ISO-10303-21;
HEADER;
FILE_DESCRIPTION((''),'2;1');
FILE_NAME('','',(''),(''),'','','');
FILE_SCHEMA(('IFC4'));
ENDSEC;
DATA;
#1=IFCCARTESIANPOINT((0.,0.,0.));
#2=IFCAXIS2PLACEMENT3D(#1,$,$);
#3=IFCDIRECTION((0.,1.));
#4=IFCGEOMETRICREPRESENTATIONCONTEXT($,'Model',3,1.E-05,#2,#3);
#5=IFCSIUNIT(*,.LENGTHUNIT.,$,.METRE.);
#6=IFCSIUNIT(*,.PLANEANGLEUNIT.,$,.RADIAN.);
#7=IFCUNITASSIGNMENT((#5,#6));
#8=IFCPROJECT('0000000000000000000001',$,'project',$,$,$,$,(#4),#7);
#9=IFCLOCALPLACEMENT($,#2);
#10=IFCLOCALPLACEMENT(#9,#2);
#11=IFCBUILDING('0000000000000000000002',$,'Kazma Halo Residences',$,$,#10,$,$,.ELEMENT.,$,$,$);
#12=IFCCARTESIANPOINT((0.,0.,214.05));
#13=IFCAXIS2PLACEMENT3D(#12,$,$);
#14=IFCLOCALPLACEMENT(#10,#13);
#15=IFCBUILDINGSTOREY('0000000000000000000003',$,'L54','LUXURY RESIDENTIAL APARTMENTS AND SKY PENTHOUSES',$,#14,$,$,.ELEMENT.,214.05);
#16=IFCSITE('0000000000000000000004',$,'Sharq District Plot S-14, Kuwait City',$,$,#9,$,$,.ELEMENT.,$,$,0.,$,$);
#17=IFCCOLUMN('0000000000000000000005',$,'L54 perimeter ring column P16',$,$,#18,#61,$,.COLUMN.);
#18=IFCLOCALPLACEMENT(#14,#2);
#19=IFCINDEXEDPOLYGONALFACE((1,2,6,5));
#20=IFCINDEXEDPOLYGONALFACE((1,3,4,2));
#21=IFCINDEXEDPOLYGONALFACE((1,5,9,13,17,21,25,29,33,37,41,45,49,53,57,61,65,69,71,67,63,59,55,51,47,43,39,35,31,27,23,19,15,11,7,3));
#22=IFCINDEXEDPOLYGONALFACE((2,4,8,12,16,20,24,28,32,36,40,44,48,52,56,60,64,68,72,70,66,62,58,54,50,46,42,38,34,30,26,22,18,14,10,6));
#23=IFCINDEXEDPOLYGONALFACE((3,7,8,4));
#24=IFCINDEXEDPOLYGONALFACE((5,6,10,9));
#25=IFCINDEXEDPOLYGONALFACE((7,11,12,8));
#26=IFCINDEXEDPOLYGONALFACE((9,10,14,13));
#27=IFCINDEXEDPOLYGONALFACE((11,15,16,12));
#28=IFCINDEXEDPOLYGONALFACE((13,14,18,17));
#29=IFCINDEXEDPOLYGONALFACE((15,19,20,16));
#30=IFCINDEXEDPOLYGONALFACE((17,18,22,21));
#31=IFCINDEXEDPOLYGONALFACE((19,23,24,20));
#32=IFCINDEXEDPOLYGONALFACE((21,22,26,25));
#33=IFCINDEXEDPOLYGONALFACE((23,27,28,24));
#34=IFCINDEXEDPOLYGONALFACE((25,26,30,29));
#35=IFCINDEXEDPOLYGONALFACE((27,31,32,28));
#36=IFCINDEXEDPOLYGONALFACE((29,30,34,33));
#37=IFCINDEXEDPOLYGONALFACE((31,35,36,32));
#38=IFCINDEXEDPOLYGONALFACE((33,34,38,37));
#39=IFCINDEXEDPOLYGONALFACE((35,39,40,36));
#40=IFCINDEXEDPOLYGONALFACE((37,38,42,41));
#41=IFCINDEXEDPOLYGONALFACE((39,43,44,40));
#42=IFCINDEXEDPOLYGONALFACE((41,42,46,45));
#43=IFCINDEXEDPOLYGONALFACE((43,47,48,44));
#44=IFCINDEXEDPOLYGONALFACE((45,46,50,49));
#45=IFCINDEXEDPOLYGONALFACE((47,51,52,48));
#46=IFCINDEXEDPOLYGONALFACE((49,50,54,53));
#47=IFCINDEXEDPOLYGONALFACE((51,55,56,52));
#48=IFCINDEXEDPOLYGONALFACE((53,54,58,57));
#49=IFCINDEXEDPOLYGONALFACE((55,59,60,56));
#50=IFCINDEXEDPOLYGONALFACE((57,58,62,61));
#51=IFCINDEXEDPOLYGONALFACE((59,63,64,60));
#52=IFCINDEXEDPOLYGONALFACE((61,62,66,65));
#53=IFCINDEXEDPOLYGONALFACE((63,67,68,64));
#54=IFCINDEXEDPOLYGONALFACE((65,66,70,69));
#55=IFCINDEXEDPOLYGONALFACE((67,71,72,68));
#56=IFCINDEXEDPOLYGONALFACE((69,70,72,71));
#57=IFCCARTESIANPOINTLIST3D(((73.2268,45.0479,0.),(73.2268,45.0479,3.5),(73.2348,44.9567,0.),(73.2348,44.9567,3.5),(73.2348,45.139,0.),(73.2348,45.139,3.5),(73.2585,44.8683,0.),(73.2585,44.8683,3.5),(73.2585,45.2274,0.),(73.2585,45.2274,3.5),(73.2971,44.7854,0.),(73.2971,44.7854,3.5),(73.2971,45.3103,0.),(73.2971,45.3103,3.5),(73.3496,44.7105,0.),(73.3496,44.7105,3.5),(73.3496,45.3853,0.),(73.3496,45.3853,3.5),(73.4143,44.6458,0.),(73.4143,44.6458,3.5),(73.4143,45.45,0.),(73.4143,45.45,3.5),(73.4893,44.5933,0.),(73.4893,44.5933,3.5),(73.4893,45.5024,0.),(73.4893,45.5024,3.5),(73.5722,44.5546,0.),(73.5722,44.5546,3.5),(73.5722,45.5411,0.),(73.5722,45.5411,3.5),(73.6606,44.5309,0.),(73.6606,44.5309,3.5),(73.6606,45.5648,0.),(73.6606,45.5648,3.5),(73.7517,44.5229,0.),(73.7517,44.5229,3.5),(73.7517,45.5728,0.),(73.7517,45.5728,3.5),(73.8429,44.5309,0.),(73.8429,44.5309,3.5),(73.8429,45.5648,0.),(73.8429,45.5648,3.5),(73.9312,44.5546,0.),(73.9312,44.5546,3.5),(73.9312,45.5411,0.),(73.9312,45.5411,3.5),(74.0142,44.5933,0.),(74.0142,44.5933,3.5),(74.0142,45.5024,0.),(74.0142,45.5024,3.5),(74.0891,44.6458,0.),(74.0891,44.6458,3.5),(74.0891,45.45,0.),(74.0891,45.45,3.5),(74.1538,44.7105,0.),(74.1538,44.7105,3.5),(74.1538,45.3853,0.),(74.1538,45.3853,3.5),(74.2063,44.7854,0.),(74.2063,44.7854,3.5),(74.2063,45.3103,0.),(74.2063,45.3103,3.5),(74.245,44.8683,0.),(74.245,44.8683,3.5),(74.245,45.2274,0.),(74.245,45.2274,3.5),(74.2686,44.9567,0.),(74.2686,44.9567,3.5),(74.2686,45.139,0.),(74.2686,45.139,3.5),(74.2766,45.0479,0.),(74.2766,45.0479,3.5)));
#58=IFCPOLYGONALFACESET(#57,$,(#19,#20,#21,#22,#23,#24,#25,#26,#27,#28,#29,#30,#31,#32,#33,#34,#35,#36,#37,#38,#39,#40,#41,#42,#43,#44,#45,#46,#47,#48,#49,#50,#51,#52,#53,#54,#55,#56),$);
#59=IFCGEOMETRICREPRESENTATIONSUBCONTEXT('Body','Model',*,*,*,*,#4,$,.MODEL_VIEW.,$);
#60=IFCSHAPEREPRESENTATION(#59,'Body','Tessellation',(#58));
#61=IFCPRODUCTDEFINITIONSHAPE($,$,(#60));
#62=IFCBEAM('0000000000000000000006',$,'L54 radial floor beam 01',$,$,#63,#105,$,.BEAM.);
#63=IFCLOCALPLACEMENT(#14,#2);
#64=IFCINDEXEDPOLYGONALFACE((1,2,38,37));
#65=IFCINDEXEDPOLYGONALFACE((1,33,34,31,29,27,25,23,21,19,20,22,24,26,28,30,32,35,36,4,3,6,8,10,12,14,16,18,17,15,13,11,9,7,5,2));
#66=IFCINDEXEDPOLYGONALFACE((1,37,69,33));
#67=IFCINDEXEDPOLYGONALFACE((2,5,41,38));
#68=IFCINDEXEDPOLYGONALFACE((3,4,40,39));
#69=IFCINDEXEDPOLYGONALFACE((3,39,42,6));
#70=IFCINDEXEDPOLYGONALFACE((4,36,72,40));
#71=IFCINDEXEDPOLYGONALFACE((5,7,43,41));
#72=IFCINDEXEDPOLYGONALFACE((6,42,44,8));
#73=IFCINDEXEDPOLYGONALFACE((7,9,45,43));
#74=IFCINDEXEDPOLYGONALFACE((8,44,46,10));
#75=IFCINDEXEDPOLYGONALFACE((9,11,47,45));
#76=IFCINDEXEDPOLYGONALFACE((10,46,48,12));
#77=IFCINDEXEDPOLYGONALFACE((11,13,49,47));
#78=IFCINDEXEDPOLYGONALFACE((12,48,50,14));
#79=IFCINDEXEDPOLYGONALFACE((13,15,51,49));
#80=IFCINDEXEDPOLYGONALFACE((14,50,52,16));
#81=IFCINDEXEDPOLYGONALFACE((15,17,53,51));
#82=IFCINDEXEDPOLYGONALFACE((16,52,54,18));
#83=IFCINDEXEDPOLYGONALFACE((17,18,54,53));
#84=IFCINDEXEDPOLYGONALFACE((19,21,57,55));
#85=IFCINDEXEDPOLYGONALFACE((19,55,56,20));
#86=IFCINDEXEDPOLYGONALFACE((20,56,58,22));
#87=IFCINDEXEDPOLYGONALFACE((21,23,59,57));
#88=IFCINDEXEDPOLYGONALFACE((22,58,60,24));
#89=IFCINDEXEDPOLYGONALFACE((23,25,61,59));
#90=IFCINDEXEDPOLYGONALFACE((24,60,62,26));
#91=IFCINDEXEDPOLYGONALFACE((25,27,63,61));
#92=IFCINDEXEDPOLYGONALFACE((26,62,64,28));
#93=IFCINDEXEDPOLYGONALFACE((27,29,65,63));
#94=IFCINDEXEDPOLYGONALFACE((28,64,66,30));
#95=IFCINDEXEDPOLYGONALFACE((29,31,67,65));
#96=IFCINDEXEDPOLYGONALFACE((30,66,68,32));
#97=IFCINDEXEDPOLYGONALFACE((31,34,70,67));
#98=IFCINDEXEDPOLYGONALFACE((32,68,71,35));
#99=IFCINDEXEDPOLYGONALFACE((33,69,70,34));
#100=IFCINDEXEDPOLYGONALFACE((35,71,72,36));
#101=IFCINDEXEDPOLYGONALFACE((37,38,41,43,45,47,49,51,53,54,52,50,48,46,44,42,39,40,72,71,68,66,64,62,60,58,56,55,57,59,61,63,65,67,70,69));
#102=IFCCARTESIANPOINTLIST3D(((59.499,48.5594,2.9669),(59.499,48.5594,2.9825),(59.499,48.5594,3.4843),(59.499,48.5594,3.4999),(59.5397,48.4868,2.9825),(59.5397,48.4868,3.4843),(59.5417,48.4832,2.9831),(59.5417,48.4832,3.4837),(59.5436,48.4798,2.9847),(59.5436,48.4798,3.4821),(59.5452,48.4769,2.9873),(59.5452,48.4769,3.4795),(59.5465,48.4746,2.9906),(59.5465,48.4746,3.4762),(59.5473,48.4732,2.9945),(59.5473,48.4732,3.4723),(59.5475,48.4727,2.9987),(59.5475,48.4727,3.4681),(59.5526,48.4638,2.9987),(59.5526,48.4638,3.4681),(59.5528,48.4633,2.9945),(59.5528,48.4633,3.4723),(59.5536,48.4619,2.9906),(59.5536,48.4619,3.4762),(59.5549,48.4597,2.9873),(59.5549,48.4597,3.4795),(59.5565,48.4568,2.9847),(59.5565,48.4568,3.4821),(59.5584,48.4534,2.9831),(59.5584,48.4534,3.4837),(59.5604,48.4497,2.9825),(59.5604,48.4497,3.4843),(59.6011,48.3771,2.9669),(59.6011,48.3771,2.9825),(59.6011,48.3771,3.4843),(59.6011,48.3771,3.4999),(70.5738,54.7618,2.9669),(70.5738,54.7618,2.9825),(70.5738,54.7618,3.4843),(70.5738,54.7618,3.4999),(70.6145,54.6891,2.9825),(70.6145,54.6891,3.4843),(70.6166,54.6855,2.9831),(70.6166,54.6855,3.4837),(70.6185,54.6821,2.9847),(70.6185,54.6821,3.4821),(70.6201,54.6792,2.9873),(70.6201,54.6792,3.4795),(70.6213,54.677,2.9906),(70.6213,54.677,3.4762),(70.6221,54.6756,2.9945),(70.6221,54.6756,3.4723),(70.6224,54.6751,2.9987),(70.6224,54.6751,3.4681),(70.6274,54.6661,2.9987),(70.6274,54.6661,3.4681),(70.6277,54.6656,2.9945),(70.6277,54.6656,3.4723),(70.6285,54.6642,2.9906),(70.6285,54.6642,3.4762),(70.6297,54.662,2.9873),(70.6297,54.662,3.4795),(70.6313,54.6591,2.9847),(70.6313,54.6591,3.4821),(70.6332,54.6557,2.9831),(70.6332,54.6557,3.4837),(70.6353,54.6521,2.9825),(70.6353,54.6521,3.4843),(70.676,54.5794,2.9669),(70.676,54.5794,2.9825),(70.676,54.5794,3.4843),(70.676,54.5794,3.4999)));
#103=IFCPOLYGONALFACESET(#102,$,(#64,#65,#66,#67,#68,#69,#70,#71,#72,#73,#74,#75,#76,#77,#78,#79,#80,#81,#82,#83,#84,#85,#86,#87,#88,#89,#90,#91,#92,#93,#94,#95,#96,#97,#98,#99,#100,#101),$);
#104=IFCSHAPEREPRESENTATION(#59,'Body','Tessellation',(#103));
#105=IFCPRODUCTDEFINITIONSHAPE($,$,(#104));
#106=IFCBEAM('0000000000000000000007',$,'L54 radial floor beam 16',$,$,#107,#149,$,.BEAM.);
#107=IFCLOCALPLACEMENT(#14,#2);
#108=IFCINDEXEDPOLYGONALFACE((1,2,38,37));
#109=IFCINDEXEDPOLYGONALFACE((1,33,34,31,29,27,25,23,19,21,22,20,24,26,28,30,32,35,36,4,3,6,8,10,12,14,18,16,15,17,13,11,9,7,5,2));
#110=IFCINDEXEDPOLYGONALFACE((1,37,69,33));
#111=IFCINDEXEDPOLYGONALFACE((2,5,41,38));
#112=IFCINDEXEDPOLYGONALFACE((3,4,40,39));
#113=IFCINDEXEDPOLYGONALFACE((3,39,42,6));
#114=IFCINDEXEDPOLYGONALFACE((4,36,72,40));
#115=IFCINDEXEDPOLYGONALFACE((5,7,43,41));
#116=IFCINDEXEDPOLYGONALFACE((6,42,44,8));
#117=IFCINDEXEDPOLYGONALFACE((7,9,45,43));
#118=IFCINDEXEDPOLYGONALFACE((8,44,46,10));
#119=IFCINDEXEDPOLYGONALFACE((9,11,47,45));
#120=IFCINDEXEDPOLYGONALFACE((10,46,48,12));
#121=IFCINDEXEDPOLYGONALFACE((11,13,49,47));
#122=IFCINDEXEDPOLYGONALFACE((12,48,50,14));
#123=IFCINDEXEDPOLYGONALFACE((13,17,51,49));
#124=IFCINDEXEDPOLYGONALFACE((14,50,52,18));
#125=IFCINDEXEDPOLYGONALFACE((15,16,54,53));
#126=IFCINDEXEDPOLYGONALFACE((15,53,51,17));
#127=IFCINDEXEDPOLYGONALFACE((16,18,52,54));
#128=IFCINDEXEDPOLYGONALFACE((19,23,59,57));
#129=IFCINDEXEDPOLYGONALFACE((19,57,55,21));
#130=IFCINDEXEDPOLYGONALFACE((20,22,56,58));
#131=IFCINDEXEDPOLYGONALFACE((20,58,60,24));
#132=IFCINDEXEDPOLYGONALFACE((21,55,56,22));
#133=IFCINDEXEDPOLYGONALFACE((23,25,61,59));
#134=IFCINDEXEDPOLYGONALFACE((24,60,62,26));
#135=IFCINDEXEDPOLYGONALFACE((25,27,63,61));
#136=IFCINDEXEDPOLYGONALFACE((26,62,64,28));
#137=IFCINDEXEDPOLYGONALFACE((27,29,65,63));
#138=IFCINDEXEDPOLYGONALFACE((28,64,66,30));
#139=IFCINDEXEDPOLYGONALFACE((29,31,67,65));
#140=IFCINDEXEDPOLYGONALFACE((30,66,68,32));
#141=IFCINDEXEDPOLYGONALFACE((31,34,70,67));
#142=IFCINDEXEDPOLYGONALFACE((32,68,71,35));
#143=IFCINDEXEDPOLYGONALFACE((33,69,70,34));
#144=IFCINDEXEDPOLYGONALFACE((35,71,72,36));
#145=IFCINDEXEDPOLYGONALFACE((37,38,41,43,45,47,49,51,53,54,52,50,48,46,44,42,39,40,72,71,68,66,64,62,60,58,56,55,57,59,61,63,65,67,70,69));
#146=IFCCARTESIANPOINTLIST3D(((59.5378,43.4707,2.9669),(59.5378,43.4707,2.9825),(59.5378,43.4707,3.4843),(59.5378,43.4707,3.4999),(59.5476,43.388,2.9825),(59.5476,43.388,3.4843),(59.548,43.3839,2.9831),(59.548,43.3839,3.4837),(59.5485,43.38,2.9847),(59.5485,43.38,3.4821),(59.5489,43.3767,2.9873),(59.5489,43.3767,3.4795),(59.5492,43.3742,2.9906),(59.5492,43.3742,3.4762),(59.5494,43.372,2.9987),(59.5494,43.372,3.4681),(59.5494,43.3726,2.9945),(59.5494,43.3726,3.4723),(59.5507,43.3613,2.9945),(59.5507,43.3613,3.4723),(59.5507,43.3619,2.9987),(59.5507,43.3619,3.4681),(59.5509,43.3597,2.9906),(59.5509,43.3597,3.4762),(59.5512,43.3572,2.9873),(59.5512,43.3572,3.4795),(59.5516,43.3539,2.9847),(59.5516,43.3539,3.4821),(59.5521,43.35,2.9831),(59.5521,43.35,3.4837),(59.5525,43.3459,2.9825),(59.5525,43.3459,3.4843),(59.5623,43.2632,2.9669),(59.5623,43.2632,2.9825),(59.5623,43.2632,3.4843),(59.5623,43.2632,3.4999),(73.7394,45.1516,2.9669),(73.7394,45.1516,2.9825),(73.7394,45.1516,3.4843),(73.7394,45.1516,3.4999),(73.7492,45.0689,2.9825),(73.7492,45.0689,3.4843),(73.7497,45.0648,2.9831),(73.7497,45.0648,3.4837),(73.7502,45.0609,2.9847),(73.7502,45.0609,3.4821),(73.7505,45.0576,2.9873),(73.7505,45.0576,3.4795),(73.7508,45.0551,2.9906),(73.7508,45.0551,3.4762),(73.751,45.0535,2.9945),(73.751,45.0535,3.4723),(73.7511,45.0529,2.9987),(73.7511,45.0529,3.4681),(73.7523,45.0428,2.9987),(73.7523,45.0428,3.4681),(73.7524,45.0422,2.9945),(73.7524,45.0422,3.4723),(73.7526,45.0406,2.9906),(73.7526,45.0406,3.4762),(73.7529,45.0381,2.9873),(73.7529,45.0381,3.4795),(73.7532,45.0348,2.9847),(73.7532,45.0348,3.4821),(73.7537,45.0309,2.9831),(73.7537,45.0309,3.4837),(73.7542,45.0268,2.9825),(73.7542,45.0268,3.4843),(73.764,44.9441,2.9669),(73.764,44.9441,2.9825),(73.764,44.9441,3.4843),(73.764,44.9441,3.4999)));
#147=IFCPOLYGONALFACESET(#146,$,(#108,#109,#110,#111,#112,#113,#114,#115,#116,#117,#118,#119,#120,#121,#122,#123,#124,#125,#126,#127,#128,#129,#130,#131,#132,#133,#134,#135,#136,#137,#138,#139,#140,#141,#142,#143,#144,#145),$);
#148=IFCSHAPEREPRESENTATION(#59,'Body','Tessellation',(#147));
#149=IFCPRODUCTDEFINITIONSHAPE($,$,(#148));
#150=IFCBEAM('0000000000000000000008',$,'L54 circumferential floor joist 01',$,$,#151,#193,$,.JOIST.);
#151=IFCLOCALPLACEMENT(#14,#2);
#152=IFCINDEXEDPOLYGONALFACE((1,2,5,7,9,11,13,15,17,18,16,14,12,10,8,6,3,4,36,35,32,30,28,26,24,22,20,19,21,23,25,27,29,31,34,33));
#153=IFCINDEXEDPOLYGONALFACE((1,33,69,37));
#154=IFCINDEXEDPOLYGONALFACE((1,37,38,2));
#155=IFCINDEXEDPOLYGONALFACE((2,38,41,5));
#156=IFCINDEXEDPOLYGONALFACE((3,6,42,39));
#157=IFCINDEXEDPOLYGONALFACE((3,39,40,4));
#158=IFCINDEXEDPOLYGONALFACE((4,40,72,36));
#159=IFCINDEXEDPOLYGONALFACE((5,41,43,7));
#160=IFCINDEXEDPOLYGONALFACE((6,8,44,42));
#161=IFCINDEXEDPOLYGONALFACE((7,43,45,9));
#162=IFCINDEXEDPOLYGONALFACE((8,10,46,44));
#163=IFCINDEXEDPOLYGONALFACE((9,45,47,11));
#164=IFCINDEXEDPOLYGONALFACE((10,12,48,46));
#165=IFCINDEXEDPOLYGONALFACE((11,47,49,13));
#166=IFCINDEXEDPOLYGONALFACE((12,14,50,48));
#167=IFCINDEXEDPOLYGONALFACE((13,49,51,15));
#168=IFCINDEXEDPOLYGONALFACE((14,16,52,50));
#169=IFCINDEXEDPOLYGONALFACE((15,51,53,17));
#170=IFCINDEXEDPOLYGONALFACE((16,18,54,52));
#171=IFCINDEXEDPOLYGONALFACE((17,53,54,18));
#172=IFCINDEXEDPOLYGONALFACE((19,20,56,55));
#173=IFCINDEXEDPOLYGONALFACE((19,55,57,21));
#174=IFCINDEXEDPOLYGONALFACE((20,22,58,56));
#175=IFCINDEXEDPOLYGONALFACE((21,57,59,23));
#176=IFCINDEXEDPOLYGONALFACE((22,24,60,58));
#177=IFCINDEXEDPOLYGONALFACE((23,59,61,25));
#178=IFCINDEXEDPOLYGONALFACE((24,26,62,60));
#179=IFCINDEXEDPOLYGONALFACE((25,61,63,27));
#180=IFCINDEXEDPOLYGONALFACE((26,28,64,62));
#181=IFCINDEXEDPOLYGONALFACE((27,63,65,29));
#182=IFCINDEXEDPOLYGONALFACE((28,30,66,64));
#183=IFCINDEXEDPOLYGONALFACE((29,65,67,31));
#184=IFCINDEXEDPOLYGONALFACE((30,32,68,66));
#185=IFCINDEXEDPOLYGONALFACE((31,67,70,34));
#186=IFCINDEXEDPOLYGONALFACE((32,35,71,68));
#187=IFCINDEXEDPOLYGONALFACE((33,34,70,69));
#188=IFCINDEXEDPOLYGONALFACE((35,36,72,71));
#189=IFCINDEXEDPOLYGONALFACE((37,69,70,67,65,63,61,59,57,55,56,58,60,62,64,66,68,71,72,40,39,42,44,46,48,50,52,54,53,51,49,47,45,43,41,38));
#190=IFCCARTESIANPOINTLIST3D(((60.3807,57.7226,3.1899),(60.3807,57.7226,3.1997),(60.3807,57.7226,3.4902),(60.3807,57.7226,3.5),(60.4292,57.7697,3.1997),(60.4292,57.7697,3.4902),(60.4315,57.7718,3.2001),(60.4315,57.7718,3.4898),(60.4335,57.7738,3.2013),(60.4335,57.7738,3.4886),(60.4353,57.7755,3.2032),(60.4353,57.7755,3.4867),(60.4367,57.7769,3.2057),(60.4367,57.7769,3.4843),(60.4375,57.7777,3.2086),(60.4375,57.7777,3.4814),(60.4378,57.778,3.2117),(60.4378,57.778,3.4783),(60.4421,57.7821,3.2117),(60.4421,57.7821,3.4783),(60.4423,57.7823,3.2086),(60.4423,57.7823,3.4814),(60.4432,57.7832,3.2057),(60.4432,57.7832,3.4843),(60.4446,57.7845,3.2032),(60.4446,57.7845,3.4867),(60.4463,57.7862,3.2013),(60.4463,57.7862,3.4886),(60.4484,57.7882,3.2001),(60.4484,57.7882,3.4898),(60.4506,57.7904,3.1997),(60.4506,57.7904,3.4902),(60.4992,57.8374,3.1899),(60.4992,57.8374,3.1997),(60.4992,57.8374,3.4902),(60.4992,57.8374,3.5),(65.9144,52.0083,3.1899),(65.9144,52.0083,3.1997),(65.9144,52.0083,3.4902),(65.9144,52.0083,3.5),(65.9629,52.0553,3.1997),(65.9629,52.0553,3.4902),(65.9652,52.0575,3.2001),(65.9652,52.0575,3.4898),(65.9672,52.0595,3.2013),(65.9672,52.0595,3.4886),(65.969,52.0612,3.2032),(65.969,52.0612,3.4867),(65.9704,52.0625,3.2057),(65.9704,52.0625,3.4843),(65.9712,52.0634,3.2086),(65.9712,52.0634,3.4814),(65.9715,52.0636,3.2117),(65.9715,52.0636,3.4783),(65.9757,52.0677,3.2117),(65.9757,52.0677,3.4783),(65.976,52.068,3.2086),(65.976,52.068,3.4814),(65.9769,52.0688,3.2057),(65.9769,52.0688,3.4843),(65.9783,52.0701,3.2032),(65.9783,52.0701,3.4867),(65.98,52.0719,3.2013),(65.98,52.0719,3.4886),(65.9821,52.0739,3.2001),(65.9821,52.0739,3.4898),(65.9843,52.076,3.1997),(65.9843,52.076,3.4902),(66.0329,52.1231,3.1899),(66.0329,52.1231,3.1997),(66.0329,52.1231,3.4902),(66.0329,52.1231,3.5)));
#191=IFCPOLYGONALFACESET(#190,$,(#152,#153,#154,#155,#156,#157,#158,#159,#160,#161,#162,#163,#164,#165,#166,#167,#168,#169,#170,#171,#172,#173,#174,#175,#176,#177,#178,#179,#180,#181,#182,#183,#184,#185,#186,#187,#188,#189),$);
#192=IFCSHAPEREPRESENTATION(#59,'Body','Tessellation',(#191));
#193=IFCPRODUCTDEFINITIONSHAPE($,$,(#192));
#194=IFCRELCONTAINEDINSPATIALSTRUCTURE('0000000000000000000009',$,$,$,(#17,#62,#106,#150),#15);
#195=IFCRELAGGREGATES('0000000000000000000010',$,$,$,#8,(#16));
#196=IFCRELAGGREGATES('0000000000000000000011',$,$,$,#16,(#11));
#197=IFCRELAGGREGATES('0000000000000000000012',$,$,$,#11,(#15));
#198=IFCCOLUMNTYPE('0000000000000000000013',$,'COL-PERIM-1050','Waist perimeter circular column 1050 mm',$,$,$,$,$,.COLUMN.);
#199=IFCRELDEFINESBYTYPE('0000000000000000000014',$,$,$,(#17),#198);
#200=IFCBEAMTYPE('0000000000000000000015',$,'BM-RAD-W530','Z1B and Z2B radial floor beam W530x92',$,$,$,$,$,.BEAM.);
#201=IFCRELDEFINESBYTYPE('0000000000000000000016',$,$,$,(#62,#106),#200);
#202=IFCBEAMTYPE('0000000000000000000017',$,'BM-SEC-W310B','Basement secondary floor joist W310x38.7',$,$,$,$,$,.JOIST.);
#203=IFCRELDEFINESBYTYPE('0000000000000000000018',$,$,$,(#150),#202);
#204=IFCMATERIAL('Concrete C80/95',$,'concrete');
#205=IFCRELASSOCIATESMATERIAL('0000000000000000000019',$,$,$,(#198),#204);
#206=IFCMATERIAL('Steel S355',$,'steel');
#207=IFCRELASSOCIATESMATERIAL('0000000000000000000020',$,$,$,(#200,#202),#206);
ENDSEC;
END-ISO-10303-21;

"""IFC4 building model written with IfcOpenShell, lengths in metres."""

from ifc_helpers import new_model, si_unit, direction, frame, origin, origin_2d, place, context, subcontext, project, spatial, circle, i_section, extrude, material, material_profile, profile_set, type_object, element, save


model = new_model("IFC4")

# Units and contexts
model_context = context("Model", 3, precision=1e-05, world=origin(), true_north=direction((0.0, 1.0)))
body_context = subcontext(model_context, "Body", "Model", "MODEL_VIEW")
ifc_project = project(units=[si_unit("LENGTHUNIT", "METRE"), si_unit("PLANEANGLEUNIT", "RADIAN")], contexts=[model_context])

# Site, building, storey
site_placement = place(None, origin())
site = spatial("IfcSite", under=ifc_project, at=site_placement, Name="Sharq District Plot S-14, Kuwait City", CompositionType="ELEMENT", RefElevation=0.0)
building_placement = place(site_placement, origin())
building = spatial("IfcBuilding", under=site, at=building_placement, Name="Kazma Halo Residences", CompositionType="ELEMENT")
storey_placement = place(building_placement, frame((0.0, 0.0, 214.05)))
storey = spatial("IfcBuildingStorey", under=building, at=storey_placement, Name="L54", Description="LUXURY RESIDENTIAL APARTMENTS AND SKY PENTHOUSES", CompositionType="ELEMENT", Elevation=214.05)

# Column
ifc_material_1 = material(Name="Concrete C80/95", Category="concrete")
ifc_material_profile_1 = material_profile(ifc_material_1, circle(Radius=0.5249, at=origin_2d()), Name="CIRC1050")
ifc_profile_set_1 = profile_set([ifc_material_profile_1], Name="Concrete C80/95")
column_type = type_object("IfcColumnType", Name="COL-PERIM-1050", Description="Waist perimeter circular column 1050 mm", PredefinedType="COLUMN", material=ifc_profile_set_1)
column_placement = place(storey_placement, frame((73.7517, 45.0479, 0.0), z_axis=(0.0, 0.0, 1.0), x_axis=(1.0, 0.0, 0.0)))
element("IfcColumn", 1, at=column_placement, inside=storey, type_object=column_type, Name="L54 perimeter ring column P16", PredefinedType="COLUMN", context=body_context, shape_type="SweptSolid", body=[
    extrude(circle(Radius=0.5249, at=origin_2d()), origin(), (0.0, 0.0, 1.0), 3.5),
])

# Beams
ifc_material_2 = material(Name="Steel S355", Category="steel")
ifc_material_profile_2 = material_profile(ifc_material_2, i_section(OverallWidth=0.209, OverallDepth=0.533, WebThickness=0.0103, FlangeThickness=0.0156, FilletRadius=0.0161, at=origin_2d()), Name="W530x92")
ifc_profile_set_2 = profile_set([ifc_material_profile_2], Name="Steel S355")
beam_type_1 = type_object("IfcBeamType", Name="BM-RAD-W530", Description="Z1B and Z2B radial floor beam W530x92", PredefinedType="BEAM", material=ifc_profile_set_2)
beam_1_placement = place(storey_placement, frame((59.55, 48.4683, 3.2334), z_axis=(0.872492, 0.488629, 0.0), x_axis=(-0.488629, 0.872492, 0.0)))
element("IfcBeam", 2, at=beam_1_placement, inside=storey, type_object=beam_type_1, Name="L54 radial floor beam 01", PredefinedType="BEAM", context=body_context, shape_type="SweptSolid", body=[
    extrude(i_section(OverallWidth=0.209, OverallDepth=0.533, WebThickness=0.0103, FlangeThickness=0.0156, FilletRadius=0.0161, at=origin_2d()), origin(), (0.0, 0.0, 1.0), 12.6934),
])
beam_2_placement = place(storey_placement, frame((59.55, 43.3669, 3.2334), z_axis=(0.993068, 0.11754, 0.0), x_axis=(-0.11754, 0.993068, 0.0)))
element("IfcBeam", 3, at=beam_2_placement, inside=storey, type_object=beam_type_1, Name="L54 radial floor beam 16", PredefinedType="BEAM", context=body_context, shape_type="SweptSolid", body=[
    extrude(i_section(OverallWidth=0.209, OverallDepth=0.533, WebThickness=0.0103, FlangeThickness=0.0156, FilletRadius=0.0161, at=origin_2d()), origin(), (0.0, 0.0, 1.0), 14.3008),
])
ifc_material_profile_3 = material_profile(ifc_material_2, i_section(OverallWidth=0.165, OverallDepth=0.3101, WebThickness=0.0059, FlangeThickness=0.0098, FilletRadius=0.012, at=origin_2d()), Name="W310x38.7")
ifc_profile_set_3 = profile_set([ifc_material_profile_3], Name="Steel S355")
beam_type_2 = type_object("IfcBeamType", Name="BM-SEC-W310B", Description="Basement secondary floor joist W310x38.7", PredefinedType="JOIST", material=ifc_profile_set_3)
beam_3_placement = place(storey_placement, frame((65.9736, 52.0657, 3.345), z_axis=(-0.69566, 0.718372, 0.0), x_axis=(-0.718372, -0.69566, 0.0)))
element("IfcBeam", 4, at=beam_3_placement, inside=storey, type_object=beam_type_2, Name="L54 circumferential floor joist 01", PredefinedType="JOIST", context=body_context, shape_type="SweptSolid", body=[
    extrude(i_section(OverallWidth=0.165, OverallDepth=0.3101, WebThickness=0.0059, FlangeThickness=0.0098, FilletRadius=0.012, at=origin_2d()), origin(), (0.0, 0.0, 1.0), 7.9546),
])

save(model, "model.ifc")
